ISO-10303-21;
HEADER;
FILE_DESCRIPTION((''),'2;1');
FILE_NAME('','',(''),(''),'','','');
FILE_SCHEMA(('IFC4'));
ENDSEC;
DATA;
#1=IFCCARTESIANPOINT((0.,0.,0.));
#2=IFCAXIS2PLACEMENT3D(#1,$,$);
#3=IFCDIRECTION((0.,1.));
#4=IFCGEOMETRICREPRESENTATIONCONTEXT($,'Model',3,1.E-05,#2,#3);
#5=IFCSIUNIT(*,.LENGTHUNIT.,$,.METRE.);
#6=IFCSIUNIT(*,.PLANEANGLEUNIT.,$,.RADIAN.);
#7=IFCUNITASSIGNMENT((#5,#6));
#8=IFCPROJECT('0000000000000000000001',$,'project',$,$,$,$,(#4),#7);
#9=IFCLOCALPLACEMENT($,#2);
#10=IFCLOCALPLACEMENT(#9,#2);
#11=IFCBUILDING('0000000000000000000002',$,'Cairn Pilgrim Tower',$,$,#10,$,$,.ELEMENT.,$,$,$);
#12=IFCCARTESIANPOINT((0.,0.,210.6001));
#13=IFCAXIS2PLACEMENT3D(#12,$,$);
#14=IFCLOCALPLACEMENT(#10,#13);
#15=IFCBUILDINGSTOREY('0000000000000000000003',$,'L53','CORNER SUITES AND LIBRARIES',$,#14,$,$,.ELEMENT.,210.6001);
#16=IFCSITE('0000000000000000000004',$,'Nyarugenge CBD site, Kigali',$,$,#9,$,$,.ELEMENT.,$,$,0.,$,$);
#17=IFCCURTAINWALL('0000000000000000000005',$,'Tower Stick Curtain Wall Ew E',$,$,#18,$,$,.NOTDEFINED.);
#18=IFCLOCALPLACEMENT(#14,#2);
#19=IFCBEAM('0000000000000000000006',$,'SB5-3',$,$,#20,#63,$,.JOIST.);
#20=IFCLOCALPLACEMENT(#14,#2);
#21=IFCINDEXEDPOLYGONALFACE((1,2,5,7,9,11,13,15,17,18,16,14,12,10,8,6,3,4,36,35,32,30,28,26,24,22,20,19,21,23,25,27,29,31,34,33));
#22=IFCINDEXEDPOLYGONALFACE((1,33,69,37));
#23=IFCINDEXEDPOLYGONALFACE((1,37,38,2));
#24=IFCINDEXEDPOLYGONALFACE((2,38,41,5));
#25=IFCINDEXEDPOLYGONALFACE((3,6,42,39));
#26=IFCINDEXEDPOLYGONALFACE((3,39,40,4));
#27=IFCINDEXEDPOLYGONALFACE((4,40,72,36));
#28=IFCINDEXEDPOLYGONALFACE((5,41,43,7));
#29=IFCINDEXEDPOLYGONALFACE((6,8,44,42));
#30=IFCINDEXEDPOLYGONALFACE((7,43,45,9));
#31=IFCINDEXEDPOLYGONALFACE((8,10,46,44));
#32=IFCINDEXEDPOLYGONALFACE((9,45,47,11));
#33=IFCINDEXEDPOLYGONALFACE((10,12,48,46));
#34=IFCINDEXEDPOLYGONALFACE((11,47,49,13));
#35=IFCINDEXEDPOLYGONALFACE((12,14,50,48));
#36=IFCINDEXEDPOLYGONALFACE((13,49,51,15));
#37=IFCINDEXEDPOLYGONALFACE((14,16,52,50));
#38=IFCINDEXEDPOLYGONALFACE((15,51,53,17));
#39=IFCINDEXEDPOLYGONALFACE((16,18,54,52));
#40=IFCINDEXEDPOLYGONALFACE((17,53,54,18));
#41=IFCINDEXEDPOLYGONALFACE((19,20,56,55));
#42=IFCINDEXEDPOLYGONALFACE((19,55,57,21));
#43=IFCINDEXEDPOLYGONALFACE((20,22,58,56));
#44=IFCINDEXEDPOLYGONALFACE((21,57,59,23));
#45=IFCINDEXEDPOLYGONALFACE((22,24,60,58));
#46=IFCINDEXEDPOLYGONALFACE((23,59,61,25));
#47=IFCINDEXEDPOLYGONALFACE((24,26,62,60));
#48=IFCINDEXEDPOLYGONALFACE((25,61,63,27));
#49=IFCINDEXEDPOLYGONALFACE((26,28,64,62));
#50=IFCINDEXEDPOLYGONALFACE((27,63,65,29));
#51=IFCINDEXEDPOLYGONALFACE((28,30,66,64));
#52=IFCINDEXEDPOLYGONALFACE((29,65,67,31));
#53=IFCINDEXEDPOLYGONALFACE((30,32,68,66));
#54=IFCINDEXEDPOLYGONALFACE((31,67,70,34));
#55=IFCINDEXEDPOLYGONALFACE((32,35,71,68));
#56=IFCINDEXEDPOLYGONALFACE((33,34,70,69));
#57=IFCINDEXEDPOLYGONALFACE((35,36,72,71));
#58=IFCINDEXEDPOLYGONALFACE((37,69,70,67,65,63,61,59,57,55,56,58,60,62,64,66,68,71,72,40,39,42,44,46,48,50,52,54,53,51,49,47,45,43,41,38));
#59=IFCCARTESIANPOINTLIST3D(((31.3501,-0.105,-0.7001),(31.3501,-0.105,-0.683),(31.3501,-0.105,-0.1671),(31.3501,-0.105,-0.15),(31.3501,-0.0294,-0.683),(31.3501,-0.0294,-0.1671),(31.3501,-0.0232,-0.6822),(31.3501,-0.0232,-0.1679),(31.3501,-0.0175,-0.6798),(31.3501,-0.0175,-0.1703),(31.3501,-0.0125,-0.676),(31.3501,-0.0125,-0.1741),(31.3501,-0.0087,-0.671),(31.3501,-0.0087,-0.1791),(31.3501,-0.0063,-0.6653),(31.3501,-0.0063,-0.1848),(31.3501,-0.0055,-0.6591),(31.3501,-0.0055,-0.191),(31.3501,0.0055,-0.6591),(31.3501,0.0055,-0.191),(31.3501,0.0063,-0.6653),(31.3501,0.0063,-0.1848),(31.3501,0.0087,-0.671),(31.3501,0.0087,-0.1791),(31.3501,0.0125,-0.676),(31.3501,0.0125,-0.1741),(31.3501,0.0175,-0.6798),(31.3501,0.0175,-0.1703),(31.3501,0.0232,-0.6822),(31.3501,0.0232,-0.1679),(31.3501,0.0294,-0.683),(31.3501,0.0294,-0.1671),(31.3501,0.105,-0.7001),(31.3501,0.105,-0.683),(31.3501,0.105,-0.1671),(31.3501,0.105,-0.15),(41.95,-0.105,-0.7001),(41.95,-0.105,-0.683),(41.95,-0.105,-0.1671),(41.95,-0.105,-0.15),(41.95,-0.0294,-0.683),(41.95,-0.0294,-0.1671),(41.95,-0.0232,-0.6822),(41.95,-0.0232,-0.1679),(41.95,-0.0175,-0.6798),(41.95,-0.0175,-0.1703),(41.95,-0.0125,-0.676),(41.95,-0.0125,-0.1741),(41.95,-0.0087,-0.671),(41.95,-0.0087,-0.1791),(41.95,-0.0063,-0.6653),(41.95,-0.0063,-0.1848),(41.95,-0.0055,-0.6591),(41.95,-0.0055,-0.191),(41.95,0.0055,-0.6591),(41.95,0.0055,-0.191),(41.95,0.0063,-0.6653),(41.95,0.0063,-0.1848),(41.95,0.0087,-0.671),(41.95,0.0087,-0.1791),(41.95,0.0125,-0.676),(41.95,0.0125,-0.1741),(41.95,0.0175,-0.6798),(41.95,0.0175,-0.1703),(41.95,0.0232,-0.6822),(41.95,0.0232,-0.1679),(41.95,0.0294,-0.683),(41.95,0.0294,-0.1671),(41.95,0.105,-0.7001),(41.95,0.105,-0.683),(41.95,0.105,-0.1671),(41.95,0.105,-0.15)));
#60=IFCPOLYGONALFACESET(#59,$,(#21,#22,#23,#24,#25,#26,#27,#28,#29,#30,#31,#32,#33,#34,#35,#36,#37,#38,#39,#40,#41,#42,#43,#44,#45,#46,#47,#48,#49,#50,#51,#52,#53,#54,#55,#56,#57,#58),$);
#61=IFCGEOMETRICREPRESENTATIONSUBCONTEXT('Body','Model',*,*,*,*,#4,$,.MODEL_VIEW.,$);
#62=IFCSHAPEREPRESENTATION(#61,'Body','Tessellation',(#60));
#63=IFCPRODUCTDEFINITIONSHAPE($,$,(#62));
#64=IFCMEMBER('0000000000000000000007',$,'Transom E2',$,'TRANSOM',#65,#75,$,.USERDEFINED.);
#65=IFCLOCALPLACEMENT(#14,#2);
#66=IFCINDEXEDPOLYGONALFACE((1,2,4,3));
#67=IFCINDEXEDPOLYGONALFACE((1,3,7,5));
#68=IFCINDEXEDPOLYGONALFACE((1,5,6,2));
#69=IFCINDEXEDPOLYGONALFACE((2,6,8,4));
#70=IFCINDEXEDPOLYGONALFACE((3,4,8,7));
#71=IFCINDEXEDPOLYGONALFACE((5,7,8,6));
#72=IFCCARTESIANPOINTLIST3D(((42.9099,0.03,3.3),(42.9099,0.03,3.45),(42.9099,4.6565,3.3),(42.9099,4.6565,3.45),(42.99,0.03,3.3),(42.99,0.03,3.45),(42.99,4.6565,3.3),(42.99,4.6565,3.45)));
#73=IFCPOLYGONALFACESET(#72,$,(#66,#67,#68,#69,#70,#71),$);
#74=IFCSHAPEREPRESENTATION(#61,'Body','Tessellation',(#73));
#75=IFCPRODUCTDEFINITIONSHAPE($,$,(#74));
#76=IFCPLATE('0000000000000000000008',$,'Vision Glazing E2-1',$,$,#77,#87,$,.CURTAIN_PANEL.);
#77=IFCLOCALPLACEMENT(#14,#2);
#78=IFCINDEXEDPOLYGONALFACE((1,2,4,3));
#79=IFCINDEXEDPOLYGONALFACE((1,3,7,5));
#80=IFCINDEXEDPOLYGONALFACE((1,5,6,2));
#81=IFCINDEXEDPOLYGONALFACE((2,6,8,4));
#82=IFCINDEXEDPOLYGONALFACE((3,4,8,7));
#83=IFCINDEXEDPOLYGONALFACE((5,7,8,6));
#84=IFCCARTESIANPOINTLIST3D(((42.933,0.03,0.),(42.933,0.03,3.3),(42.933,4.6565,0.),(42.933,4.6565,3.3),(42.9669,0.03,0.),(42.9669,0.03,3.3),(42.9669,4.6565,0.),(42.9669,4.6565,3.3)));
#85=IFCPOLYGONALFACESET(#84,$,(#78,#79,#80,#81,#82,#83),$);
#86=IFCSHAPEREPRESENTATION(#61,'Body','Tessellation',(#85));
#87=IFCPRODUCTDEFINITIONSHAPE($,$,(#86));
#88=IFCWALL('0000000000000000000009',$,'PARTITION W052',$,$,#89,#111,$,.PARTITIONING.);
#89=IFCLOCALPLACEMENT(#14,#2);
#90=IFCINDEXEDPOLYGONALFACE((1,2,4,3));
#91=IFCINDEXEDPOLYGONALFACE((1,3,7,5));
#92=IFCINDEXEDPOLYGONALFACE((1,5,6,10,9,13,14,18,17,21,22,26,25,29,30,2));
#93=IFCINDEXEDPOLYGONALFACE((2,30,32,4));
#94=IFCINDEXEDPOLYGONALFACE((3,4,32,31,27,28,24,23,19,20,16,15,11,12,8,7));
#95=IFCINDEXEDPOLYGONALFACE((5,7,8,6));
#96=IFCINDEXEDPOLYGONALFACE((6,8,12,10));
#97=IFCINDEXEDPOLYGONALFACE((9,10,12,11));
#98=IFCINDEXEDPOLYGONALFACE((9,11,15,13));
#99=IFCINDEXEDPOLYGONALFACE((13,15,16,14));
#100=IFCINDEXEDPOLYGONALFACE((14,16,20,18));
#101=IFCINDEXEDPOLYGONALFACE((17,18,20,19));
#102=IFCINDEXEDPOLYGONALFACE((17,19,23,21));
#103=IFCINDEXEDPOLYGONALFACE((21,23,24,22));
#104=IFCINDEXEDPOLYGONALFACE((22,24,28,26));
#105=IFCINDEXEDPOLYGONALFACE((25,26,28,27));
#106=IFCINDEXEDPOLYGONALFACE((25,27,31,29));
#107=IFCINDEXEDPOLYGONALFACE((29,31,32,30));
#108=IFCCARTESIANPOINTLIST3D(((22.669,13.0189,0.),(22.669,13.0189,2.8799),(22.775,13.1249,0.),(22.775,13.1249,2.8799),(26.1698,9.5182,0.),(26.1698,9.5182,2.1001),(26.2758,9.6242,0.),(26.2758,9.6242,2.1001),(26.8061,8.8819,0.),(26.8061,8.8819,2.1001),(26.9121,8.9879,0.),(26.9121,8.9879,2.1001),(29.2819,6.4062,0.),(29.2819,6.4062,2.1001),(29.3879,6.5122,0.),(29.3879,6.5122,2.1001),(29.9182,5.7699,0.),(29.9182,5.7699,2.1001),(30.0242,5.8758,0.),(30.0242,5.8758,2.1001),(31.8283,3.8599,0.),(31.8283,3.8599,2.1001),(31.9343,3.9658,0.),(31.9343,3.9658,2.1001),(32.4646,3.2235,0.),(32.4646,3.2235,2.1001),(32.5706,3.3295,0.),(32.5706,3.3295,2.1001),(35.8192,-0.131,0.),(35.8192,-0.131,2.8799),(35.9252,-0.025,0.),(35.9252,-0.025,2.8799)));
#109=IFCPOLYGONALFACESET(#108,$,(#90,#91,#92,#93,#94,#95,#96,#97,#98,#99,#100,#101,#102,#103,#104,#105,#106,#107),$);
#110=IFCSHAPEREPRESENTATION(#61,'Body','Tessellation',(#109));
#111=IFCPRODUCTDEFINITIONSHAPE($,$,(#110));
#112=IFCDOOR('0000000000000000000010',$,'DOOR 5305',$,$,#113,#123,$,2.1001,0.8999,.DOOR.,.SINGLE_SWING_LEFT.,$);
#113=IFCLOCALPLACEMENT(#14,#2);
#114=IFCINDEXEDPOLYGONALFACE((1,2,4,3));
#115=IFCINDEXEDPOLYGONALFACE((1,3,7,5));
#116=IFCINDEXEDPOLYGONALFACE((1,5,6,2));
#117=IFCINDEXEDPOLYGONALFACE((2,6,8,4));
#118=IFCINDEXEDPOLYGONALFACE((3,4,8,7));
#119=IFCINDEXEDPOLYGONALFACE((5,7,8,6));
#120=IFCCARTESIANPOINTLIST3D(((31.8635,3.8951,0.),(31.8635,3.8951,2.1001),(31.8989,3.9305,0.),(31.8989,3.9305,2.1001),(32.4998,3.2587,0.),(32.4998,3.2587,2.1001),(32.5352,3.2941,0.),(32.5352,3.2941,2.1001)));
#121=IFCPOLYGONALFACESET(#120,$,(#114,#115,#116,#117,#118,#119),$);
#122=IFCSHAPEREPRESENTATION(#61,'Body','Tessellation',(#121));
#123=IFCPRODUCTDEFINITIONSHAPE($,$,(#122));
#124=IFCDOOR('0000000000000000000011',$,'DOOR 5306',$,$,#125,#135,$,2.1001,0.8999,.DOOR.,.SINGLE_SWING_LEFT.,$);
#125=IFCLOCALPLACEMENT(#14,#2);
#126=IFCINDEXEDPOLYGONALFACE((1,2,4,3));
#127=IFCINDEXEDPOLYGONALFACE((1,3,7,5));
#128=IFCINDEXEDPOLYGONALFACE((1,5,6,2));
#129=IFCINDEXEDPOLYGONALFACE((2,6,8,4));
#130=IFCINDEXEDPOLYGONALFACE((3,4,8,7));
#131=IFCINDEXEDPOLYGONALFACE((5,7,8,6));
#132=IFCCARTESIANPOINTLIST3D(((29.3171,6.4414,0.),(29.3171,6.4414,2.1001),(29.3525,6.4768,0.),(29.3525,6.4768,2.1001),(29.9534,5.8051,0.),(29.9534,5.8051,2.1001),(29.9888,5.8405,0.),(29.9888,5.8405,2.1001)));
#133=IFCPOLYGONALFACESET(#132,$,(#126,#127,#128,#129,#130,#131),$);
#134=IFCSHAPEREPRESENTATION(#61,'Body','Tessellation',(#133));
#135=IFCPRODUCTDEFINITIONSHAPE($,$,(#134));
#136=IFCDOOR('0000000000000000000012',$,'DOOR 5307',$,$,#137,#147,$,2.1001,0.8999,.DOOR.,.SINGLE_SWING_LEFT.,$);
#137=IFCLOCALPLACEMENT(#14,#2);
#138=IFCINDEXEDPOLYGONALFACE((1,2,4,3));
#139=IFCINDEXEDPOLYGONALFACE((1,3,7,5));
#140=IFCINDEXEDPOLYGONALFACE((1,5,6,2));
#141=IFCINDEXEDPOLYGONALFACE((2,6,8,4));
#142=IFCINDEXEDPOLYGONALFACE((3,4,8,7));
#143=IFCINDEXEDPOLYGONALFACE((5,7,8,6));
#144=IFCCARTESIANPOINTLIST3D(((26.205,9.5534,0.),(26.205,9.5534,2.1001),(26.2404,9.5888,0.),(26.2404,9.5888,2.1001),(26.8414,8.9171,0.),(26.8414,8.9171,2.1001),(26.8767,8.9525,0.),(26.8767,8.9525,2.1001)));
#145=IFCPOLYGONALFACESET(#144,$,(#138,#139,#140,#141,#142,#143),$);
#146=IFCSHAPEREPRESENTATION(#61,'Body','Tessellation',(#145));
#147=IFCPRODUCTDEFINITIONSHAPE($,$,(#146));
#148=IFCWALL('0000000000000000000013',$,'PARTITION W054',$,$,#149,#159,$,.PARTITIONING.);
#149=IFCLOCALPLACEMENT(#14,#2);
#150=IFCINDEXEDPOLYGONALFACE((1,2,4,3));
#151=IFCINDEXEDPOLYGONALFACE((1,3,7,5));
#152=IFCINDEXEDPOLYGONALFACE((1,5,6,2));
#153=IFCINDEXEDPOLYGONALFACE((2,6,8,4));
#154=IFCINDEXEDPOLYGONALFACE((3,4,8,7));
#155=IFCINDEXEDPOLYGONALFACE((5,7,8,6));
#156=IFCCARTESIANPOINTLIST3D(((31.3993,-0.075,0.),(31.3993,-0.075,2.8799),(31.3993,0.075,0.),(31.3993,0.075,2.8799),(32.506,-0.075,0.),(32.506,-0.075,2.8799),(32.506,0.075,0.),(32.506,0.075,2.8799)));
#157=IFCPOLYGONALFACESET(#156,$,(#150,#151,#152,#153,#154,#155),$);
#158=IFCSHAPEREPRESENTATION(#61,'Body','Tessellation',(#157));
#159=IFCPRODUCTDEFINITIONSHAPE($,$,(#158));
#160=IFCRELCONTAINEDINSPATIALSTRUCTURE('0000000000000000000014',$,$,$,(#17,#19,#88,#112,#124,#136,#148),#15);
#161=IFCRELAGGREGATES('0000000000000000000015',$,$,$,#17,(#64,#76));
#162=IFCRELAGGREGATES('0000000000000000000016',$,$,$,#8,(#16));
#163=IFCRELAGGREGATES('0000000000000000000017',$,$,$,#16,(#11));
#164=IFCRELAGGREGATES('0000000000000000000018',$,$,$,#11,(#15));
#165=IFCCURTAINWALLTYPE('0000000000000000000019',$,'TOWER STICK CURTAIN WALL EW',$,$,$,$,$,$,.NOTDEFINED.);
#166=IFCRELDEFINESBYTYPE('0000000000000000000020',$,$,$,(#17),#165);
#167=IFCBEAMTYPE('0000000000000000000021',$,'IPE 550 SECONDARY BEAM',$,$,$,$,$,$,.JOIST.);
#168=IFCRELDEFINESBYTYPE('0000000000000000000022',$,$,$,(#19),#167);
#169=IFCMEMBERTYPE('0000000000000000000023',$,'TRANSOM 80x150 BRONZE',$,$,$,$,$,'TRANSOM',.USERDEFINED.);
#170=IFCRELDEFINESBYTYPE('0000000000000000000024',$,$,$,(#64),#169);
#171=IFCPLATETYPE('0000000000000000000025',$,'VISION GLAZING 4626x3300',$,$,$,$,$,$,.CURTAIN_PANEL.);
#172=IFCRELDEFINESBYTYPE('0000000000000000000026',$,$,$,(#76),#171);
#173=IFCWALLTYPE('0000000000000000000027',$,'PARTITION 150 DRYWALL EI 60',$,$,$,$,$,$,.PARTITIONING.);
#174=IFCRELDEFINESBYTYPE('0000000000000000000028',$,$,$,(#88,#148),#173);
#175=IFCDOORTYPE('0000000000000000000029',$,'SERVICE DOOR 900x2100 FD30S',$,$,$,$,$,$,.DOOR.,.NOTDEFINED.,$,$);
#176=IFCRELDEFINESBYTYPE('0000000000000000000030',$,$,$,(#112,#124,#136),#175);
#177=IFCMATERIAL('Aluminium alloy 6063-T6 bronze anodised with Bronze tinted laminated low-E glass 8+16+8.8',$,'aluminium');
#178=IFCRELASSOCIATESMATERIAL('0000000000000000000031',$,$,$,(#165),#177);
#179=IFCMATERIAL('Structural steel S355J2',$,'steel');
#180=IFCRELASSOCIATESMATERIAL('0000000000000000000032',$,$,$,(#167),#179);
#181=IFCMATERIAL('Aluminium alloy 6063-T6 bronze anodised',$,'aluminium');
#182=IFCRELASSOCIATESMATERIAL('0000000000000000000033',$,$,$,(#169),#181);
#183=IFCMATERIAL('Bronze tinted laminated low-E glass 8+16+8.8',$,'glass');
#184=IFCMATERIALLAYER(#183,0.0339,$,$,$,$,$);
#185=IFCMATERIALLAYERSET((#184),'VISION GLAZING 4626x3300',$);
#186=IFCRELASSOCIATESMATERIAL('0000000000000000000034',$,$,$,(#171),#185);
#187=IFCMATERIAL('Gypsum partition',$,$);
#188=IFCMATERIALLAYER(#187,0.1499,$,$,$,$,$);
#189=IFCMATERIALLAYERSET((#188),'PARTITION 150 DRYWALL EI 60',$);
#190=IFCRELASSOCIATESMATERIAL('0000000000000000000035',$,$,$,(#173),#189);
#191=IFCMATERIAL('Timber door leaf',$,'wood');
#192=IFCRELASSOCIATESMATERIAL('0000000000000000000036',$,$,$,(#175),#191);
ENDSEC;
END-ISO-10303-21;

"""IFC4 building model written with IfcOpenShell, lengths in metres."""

from ifc_helpers import new_model, si_unit, direction, frame, frame_2d, origin, origin_2d, place, context, subcontext, project, spatial, rectangle, i_section, extrude, material, layer, layer_set, material_profile, profile_set, type_object, element, fill, aggregate, save


model = new_model("IFC4")

# Units and contexts
model_context = context("Model", 3, precision=1e-05, world=origin(), true_north=direction((0.0, 1.0)))
body_context = subcontext(model_context, "Body", "Model", "MODEL_VIEW")
ifc_project = project(units=[si_unit("LENGTHUNIT", "METRE"), si_unit("PLANEANGLEUNIT", "RADIAN")], contexts=[model_context])

# Site, building, storey
site_placement = place(None, origin())
site = spatial("IfcSite", under=ifc_project, at=site_placement, Name="Nyarugenge CBD site, Kigali", CompositionType="ELEMENT", RefElevation=0.0)
building_placement = place(site_placement, origin())
building = spatial("IfcBuilding", under=site, at=building_placement, Name="Cairn Pilgrim Tower", CompositionType="ELEMENT")
storey_placement = place(building_placement, frame((0.0, 0.0, 210.6001)))
storey = spatial("IfcBuildingStorey", under=building, at=storey_placement, Name="L53", Description="CORNER SUITES AND LIBRARIES", CompositionType="ELEMENT", Elevation=210.6001)

# Shared definitions
ifc_material_1 = material(Name="Structural steel S355J2", Category="steel")

# Curtain wall
ifc_material_2 = material(Name="Aluminium alloy 6063-T6 bronze anodised with Bronze tinted laminated low-E glass 8+16+8.8", Category="aluminium")
curtain_wall_type_1 = type_object("IfcCurtainWallType", Name="TOWER STICK CURTAIN WALL EW", PredefinedType="NOTDEFINED", material=ifc_material_2)
curtain_wall_1_placement = place(storey_placement, origin())
curtain_wall_1 = element("IfcCurtainWall", 1, at=curtain_wall_1_placement, inside=storey, type_object=curtain_wall_type_1, Name="Tower Stick Curtain Wall Ew E", PredefinedType="NOTDEFINED")
ifc_material_3 = material(Name="Aluminium alloy 6063-T6 bronze anodised", Category="aluminium")

# Beam
ifc_material_profile_1 = material_profile(ifc_material_1, i_section(OverallWidth=0.21, OverallDepth=0.55, WebThickness=0.011, FlangeThickness=0.0171, FilletRadius=0.0239, at=origin_2d()), Name="IPE 550")
ifc_profile_set_1 = profile_set([ifc_material_profile_1], Name="Structural steel S355J2")
beam_type_1 = type_object("IfcBeamType", Name="IPE 550 SECONDARY BEAM", PredefinedType="JOIST", material=ifc_profile_set_1)
beam_1_placement = place(storey_placement, frame((31.3501, 0.0, -0.425), z_axis=(1.0, 0.0, 0.0), x_axis=(0.0, 1.0, 0.0)))
element("IfcBeam", 2, at=beam_1_placement, inside=storey, type_object=beam_type_1, Name="SB5-3", PredefinedType="JOIST", context=body_context, shape_type="SweptSolid", body=[
    extrude(i_section(OverallWidth=0.21, OverallDepth=0.55, WebThickness=0.011, FlangeThickness=0.0171, FilletRadius=0.0239, at=origin_2d()), origin(), (0.0, 0.0, 1.0), 10.5999),
])

# Member
ifc_material_profile_2 = material_profile(ifc_material_3, rectangle(XDim=0.0801, YDim=0.1499, at=origin_2d()), Name="TRANSOM 80x150 BRONZE")
ifc_profile_set_2 = profile_set([ifc_material_profile_2], Name="Aluminium alloy 6063-T6 bronze anodised")
member_type_1 = type_object("IfcMemberType", Name="TRANSOM 80x150 BRONZE", ElementType="TRANSOM", PredefinedType="USERDEFINED", material=ifc_profile_set_2)
member_1_placement = place(storey_placement, frame((42.95, 0.03, 3.375), z_axis=(0.0, 1.0, 0.0), x_axis=(-1.0, 0.0, 0.0)))
member_1 = element("IfcMember", 3, at=member_1_placement, type_object=member_type_1, Name="Transom E2", ObjectType="TRANSOM", PredefinedType="USERDEFINED", context=body_context, shape_type="SweptSolid", body=[
    extrude(rectangle(XDim=0.0801, YDim=0.1499, at=origin_2d()), origin(), (0.0, 0.0, 1.0), 4.6265),
])

# Plate
ifc_material_4 = material(Name="Bronze tinted laminated low-E glass 8+16+8.8", Category="glass")
ifc_layer_1 = layer(ifc_material_4, 0.0339)
ifc_layer_set_1 = layer_set([ifc_layer_1], Name="VISION GLAZING 4626x3300")
plate_type = type_object("IfcPlateType", Name="VISION GLAZING 4626x3300", PredefinedType="CURTAIN_PANEL", material=ifc_layer_set_1)
plate_placement = place(storey_placement, frame((42.95, 2.3433, 0.0), z_axis=(0.0, 0.0, 1.0), x_axis=(0.0, 1.0, 0.0)))
plate = element("IfcPlate", 4, at=plate_placement, type_object=plate_type, Name="Vision Glazing E2-1", PredefinedType="CURTAIN_PANEL", context=body_context, shape_type="SweptSolid", body=[
    extrude(rectangle(XDim=4.6265, YDim=0.0339, at=origin_2d()), origin(), (0.0, 0.0, 1.0), 3.3),
])
aggregate(curtain_wall_1, [member_1, plate])

# Wall, openings, doors
ifc_material_5 = material(Name="Gypsum partition")
ifc_layer_2 = layer(ifc_material_5, 0.1499)
ifc_layer_set_2 = layer_set([ifc_layer_2], Name="PARTITION 150 DRYWALL EI 60")
wall_type_1 = type_object("IfcWallType", Name="PARTITION 150 DRYWALL EI 60", PredefinedType="PARTITIONING", material=ifc_layer_set_2)
wall_1_placement = place(storey_placement, frame((35.8721, -0.0779, 0.0), z_axis=(0.0, 0.0, 1.0), x_axis=(-0.707113, 0.7071, 0.0)))
wall_1 = element("IfcWall", 5, at=wall_1_placement, inside=storey, type_object=wall_type_1, Name="PARTITION W052", PredefinedType="PARTITIONING", context=body_context, shape_type="SweptSolid", body=[
    extrude(rectangle(XDim=18.5969, YDim=0.1499, at=frame_2d((9.2983, 0.0))), origin(), (0.0, 0.0, 1.0), 2.8799),
])
opening_1_placement = place(wall_1_placement, frame((4.7439, 0.0, 0.0)))
opening_1 = element("IfcOpeningElement", 6, at=opening_1_placement, cuts=wall_1, PredefinedType="OPENING", context=body_context, shape_type="SweptSolid", body=[
    extrude(rectangle(XDim=0.8999, YDim=2.1001, at=frame_2d((0.45, 1.05))), frame((0.0, 0.085, 0.0), z_axis=(0.0, -1.0, 0.0), x_axis=(1.0, 0.0, 0.0)), (0.0, 0.0, 1.0), 0.1699),
])
opening_2_placement = place(wall_1_placement, frame((8.345, 0.0, 0.0)))
opening_2 = element("IfcOpeningElement", 7, at=opening_2_placement, cuts=wall_1, PredefinedType="OPENING", context=body_context, shape_type="SweptSolid", body=[
    extrude(rectangle(XDim=0.8999, YDim=2.1001, at=frame_2d((0.45, 1.05))), frame((0.0, 0.085, 0.0), z_axis=(0.0, -1.0, 0.0), x_axis=(1.0, 0.0, 0.0)), (0.0, 0.0, 1.0), 0.1699),
])
opening_3_placement = place(wall_1_placement, frame((12.7461, 0.0, 0.0)))
opening_3 = element("IfcOpeningElement", 8, at=opening_3_placement, cuts=wall_1, PredefinedType="OPENING", context=body_context, shape_type="SweptSolid", body=[
    extrude(rectangle(XDim=0.8999, YDim=2.1001, at=frame_2d((0.45, 1.05))), frame((0.0, 0.085, 0.0), z_axis=(0.0, -1.0, 0.0), x_axis=(1.0, 0.0, 0.0)), (0.0, 0.0, 1.0), 0.1699),
])
ifc_material_6 = material(Name="Timber door leaf", Category="wood")
door_type_1 = type_object("IfcDoorType", Name="SERVICE DOOR 900x2100 FD30S", OperationType="NOTDEFINED", PredefinedType="DOOR", material=ifc_material_6)
door_1_placement = place(opening_1_placement, frame((0.8999, 0.0, 0.0), z_axis=(0.0, 0.0, 1.0), x_axis=(-1.0, 0.0, 0.0)))
door_1 = element("IfcDoor", 9, at=door_1_placement, inside=storey, type_object=door_type_1, Name="DOOR 5305", OperationType="SINGLE_SWING_LEFT", OverallHeight=2.1001, OverallWidth=0.8999, PredefinedType="DOOR", context=body_context, shape_type="SweptSolid", body=[
    extrude(rectangle(XDim=0.8999, YDim=2.1001, at=frame_2d((0.45, 1.05))), frame((0.0, 0.0249, 0.0), z_axis=(0.0, -1.0, 0.0), x_axis=(1.0, 0.0, 0.0)), (0.0, 0.0, 1.0), 0.05),
])
fill(opening_1, door_1)
door_2_placement = place(opening_2_placement, frame((0.8999, 0.0, 0.0), z_axis=(0.0, 0.0, 1.0), x_axis=(-1.0, 0.0, 0.0)))
door_2 = element("IfcDoor", 10, at=door_2_placement, inside=storey, type_object=door_type_1, Name="DOOR 5306", OperationType="SINGLE_SWING_LEFT", OverallHeight=2.1001, OverallWidth=0.8999, PredefinedType="DOOR", context=body_context, shape_type="SweptSolid", body=[
    extrude(rectangle(XDim=0.8999, YDim=2.1001, at=frame_2d((0.45, 1.05))), frame((0.0, 0.0249, 0.0), z_axis=(0.0, -1.0, 0.0), x_axis=(1.0, 0.0, 0.0)), (0.0, 0.0, 1.0), 0.05),
])
fill(opening_2, door_2)
door_3_placement = place(opening_3_placement, frame((0.8999, 0.0, 0.0), z_axis=(0.0, 0.0, 1.0), x_axis=(-1.0, 0.0, 0.0)))
door_3 = element("IfcDoor", 11, at=door_3_placement, inside=storey, type_object=door_type_1, Name="DOOR 5307", OperationType="SINGLE_SWING_LEFT", OverallHeight=2.1001, OverallWidth=0.8999, PredefinedType="DOOR", context=body_context, shape_type="SweptSolid", body=[
    extrude(rectangle(XDim=0.8999, YDim=2.1001, at=frame_2d((0.45, 1.05))), frame((0.0, 0.0249, 0.0), z_axis=(0.0, -1.0, 0.0), x_axis=(1.0, 0.0, 0.0)), (0.0, 0.0, 1.0), 0.05),
])
fill(opening_3, door_3)

# Wall
wall_2_placement = place(storey_placement, frame((31.3994, 0.0, 0.0), z_axis=(0.0, 0.0, 1.0), x_axis=(1.0, 0.0, 0.0)))
element("IfcWall", 12, at=wall_2_placement, inside=storey, type_object=wall_type_1, Name="PARTITION W054", PredefinedType="PARTITIONING", context=body_context, shape_type="SweptSolid", body=[
    extrude(rectangle(XDim=1.1067, YDim=0.1499, at=frame_2d((0.5532, 0.0))), origin(), (0.0, 0.0, 1.0), 2.8799),
])

save(model, "model.ifc")
